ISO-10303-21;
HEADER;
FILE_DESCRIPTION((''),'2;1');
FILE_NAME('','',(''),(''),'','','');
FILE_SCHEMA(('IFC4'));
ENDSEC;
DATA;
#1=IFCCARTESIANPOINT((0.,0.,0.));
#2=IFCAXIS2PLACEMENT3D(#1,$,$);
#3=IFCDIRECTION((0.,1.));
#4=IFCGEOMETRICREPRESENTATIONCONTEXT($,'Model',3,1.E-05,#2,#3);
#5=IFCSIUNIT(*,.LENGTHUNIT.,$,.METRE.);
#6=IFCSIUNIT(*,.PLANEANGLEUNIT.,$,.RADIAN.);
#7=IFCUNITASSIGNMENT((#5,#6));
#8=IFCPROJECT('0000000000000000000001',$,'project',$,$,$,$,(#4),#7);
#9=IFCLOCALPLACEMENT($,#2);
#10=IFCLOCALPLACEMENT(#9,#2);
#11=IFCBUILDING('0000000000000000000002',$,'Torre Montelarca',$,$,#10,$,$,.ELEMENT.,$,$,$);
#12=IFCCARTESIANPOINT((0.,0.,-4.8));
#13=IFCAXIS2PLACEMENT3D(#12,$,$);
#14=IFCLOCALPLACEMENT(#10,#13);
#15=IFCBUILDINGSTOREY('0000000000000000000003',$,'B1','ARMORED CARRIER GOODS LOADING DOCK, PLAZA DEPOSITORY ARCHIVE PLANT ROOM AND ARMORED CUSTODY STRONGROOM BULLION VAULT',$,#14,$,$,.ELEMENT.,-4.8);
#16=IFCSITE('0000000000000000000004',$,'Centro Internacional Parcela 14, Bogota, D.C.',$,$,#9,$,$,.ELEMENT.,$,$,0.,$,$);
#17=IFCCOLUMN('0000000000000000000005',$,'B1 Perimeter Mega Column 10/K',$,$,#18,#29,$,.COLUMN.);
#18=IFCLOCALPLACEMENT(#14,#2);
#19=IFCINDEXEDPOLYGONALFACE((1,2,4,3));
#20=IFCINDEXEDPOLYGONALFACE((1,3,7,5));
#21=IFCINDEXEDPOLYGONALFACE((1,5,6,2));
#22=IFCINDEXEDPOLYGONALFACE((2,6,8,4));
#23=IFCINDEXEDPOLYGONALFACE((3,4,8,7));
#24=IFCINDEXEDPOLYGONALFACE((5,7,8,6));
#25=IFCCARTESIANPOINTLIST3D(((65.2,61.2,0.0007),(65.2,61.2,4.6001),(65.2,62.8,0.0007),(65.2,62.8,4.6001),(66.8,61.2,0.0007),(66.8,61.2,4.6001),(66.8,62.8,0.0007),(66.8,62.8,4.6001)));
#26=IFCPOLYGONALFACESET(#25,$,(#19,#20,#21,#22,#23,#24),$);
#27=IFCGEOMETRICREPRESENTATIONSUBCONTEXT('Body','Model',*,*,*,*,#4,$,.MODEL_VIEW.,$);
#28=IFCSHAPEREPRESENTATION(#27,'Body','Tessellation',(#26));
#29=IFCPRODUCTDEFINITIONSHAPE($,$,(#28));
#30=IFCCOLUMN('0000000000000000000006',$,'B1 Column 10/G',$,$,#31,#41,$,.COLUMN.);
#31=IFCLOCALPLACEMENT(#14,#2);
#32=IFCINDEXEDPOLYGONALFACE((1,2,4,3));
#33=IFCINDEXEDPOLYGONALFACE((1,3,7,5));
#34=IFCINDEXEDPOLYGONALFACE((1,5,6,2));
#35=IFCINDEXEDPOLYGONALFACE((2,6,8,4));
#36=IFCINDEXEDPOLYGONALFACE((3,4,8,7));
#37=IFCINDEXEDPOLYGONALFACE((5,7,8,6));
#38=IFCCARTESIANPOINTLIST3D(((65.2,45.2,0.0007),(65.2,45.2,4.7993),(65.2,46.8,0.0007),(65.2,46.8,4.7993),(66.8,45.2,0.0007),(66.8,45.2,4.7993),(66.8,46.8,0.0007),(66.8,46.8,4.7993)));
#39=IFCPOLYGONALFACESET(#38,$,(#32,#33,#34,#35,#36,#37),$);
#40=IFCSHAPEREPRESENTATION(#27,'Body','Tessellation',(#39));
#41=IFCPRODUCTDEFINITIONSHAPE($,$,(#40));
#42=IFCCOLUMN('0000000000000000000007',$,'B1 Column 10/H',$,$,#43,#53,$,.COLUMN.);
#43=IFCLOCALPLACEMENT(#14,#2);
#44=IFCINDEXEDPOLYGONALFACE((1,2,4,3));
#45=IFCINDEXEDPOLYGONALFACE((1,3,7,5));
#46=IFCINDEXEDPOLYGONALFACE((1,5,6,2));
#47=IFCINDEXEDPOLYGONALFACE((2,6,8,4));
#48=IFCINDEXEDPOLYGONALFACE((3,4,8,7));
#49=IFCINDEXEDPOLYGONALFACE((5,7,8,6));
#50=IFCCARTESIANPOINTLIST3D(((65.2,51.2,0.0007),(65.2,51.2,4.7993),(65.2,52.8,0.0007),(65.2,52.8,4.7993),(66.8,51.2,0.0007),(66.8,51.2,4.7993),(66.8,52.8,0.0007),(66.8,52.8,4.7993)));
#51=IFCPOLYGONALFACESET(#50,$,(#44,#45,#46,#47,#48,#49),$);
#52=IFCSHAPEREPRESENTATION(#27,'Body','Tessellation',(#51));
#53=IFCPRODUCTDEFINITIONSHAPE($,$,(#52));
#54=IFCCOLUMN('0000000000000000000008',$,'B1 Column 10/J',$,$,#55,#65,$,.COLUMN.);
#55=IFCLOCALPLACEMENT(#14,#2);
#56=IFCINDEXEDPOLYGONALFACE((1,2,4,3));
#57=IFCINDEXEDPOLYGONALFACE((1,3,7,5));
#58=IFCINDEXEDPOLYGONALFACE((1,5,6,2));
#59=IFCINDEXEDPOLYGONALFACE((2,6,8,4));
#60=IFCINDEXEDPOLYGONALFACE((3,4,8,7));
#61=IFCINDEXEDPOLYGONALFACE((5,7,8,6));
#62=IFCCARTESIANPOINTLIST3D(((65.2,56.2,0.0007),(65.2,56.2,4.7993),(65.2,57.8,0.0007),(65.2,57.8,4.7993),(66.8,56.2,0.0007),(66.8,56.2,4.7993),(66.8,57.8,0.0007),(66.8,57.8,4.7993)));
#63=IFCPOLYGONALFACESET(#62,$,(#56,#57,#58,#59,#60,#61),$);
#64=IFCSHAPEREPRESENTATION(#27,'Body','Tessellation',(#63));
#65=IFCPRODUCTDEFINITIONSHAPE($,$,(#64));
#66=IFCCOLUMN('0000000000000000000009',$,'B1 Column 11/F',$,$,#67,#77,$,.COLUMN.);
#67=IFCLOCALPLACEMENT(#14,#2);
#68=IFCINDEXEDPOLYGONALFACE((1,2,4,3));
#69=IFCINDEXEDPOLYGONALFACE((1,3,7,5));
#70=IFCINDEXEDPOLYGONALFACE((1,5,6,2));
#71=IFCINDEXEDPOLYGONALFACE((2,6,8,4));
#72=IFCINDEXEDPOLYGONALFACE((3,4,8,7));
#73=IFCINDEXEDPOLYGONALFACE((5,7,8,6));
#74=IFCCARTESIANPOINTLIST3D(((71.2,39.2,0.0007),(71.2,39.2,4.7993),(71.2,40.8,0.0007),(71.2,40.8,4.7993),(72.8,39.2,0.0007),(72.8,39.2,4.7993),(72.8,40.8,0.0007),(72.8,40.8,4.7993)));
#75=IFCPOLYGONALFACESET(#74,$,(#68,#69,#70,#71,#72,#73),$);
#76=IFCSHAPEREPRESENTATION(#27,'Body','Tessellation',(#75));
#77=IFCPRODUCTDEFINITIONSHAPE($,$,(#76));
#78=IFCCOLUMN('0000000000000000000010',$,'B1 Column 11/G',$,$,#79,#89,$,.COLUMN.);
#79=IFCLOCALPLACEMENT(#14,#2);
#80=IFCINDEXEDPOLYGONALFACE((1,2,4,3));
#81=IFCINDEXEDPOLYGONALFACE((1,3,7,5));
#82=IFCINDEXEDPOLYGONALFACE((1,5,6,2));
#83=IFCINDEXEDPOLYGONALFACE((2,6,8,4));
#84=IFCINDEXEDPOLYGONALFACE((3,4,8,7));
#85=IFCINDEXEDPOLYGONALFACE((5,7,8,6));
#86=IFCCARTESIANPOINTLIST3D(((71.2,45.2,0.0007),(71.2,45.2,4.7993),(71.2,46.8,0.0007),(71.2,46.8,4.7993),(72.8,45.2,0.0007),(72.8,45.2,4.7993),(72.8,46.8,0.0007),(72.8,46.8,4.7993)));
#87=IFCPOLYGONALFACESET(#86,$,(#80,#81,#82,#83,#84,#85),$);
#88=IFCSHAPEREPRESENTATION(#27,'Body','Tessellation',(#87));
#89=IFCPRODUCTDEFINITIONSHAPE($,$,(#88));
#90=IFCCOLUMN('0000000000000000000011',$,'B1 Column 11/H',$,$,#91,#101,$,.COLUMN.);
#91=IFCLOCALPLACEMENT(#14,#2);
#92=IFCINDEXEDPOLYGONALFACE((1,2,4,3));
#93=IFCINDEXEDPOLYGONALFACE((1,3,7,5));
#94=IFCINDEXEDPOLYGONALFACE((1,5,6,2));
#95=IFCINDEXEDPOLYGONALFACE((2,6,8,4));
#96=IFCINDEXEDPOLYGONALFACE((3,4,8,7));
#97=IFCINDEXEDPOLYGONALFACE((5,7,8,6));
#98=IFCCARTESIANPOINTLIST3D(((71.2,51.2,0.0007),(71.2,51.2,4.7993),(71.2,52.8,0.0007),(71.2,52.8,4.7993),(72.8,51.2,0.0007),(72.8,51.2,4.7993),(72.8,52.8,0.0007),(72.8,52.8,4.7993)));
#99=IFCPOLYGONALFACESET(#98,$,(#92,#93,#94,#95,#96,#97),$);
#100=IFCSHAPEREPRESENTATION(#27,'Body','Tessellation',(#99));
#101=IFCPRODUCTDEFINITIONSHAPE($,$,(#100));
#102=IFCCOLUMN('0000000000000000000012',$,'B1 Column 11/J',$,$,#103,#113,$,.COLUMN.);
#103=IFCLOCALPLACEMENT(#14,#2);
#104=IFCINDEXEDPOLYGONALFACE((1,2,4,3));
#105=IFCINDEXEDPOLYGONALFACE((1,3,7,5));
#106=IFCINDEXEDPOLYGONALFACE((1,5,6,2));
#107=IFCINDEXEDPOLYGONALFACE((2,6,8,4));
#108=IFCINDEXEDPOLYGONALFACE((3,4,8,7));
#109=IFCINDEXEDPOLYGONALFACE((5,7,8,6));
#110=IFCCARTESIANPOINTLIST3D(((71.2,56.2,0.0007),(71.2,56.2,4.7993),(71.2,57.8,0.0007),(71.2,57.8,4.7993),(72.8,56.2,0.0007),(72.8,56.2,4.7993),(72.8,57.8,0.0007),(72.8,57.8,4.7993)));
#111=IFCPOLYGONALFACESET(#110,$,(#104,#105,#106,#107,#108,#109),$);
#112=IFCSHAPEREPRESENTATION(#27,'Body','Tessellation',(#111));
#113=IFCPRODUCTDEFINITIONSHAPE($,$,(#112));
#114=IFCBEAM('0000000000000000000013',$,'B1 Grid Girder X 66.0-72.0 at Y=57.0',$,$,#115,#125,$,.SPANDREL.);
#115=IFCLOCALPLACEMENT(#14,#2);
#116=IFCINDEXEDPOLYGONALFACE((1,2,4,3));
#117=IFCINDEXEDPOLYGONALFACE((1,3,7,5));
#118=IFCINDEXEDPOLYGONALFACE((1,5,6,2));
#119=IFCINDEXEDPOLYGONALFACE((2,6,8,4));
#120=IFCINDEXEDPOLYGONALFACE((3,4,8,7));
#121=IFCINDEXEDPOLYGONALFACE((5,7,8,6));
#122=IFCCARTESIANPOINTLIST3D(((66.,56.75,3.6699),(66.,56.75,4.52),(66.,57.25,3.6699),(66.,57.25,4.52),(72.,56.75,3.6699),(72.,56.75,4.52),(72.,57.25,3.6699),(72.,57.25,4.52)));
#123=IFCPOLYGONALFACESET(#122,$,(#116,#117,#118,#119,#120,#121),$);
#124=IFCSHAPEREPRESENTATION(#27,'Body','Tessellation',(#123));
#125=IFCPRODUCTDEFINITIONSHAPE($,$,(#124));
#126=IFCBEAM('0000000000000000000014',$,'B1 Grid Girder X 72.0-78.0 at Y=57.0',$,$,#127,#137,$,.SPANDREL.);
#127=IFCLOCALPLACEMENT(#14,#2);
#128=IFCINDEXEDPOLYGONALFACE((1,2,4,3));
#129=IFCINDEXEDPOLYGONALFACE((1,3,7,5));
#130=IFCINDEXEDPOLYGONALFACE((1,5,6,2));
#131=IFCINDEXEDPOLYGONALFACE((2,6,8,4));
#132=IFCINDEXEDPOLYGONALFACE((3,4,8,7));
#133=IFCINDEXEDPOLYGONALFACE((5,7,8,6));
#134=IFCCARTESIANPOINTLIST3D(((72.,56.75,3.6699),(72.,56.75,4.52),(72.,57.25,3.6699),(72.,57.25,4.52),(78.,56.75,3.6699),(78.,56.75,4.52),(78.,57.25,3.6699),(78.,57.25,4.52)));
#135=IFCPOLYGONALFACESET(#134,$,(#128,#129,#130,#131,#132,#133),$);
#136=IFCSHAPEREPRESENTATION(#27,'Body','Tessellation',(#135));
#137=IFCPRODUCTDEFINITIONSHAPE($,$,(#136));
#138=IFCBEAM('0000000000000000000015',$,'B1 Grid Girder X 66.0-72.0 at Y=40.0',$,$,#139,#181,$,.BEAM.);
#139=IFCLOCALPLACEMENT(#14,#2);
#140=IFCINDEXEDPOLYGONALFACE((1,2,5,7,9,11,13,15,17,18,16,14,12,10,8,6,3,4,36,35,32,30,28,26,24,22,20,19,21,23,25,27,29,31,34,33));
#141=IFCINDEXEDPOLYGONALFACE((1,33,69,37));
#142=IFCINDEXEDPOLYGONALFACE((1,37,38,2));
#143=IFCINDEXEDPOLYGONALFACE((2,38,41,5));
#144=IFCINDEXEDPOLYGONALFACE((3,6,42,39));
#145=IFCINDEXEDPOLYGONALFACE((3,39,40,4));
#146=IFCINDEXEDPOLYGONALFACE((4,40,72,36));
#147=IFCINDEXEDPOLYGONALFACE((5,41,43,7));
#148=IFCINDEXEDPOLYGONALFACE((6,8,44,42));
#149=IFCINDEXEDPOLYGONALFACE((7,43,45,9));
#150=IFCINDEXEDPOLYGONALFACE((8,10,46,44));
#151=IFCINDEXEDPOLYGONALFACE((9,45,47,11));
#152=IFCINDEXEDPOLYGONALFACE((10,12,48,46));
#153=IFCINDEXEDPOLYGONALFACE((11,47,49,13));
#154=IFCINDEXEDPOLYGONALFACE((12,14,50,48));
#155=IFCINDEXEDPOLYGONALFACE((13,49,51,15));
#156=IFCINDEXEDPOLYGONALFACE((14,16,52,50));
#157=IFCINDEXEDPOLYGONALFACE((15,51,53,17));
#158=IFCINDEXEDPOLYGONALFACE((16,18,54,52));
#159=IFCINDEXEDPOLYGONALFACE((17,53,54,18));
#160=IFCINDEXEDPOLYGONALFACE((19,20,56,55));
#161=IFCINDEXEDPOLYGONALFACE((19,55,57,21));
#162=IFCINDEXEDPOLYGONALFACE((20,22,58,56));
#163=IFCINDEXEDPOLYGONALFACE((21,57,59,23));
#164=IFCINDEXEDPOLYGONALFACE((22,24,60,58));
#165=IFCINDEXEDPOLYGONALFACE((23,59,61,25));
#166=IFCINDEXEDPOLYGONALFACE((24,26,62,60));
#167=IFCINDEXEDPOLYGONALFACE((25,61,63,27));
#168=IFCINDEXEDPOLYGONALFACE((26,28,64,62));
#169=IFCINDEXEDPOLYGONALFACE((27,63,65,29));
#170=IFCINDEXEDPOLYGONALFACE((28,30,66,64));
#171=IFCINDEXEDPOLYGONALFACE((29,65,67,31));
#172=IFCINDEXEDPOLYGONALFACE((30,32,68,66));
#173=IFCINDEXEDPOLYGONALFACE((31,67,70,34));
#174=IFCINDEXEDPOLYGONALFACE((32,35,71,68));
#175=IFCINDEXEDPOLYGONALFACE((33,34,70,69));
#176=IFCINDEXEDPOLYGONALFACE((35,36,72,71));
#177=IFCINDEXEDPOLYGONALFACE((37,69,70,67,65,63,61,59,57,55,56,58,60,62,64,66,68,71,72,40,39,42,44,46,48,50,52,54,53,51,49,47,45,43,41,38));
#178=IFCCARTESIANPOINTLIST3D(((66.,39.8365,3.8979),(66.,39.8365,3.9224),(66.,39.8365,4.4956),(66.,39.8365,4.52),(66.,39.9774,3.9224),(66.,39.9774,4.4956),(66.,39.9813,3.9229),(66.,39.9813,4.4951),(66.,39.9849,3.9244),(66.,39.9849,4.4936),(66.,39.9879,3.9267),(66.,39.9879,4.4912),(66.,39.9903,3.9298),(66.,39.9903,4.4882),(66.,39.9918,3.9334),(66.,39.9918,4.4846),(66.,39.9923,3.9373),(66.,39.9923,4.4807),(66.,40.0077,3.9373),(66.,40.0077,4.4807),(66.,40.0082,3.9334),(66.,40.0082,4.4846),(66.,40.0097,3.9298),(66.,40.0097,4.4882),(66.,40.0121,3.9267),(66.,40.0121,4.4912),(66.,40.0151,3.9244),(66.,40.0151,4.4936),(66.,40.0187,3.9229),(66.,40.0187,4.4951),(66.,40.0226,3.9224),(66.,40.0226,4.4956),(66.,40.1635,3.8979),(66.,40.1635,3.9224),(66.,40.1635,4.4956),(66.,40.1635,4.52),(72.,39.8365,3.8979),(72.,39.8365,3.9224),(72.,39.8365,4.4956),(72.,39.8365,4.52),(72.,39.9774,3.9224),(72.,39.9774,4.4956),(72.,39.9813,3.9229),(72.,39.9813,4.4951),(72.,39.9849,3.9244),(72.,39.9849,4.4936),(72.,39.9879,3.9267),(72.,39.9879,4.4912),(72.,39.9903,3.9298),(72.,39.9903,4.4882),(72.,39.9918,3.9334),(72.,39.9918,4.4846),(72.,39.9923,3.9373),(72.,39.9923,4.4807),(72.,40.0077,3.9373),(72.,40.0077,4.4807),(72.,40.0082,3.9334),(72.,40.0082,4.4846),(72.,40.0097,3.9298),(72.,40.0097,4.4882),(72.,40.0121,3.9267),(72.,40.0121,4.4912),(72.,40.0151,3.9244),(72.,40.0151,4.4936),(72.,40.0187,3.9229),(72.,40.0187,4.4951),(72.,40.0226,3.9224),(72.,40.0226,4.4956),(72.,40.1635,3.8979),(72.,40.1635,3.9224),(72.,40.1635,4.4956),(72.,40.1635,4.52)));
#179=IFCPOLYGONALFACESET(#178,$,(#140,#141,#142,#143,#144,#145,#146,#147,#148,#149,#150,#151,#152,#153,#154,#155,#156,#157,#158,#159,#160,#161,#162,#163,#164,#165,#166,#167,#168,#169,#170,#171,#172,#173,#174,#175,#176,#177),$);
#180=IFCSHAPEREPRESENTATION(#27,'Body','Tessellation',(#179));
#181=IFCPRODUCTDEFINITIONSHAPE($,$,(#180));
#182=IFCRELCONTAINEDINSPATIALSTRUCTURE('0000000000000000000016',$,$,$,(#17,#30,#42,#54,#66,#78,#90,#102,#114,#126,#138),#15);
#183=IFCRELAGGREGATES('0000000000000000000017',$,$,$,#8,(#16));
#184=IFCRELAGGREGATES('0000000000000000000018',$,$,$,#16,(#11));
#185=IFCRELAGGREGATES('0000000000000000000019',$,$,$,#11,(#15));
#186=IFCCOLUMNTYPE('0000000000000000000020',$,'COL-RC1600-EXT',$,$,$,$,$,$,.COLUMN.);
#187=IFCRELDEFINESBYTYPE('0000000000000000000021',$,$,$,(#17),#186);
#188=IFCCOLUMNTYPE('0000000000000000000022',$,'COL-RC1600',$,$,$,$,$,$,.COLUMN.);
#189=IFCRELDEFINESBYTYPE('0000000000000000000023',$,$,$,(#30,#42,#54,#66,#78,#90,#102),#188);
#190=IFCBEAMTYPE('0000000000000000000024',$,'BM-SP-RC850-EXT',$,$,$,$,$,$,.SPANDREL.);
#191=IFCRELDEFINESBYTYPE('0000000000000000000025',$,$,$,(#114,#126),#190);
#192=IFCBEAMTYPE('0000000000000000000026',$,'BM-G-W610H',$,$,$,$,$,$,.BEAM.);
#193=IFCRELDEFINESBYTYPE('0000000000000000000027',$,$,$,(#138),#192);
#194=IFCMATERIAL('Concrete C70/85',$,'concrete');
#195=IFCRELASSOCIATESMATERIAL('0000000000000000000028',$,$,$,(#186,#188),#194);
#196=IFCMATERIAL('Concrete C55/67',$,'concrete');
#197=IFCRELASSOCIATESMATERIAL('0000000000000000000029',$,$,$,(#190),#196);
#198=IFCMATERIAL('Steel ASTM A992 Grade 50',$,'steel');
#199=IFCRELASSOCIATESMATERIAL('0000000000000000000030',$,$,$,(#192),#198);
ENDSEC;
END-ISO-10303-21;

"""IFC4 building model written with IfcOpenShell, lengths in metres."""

from ifc_helpers import new_model, si_unit, direction, frame, origin, origin_2d, place, context, subcontext, project, spatial, rectangle, i_section, extrude, source, transform, mapped, material, material_profile, profile_set, type_object, element, save


model = new_model("IFC4")

# Units and contexts
model_context = context("Model", 3, precision=1e-05, world=origin(), true_north=direction((0.0, 1.0)))
body_context = subcontext(model_context, "Body", "Model", "MODEL_VIEW")
ifc_project = project(units=[si_unit("LENGTHUNIT", "METRE"), si_unit("PLANEANGLEUNIT", "RADIAN")], contexts=[model_context])

# Site, building, storey
site_placement = place(None, origin())
site = spatial("IfcSite", under=ifc_project, at=site_placement, Name="Centro Internacional Parcela 14, Bogota, D.C.", CompositionType="ELEMENT", RefElevation=0.0)
building_placement = place(site_placement, origin())
building = spatial("IfcBuilding", under=site, at=building_placement, Name="Torre Montelarca", CompositionType="ELEMENT")
storey_placement = place(building_placement, frame((0.0, 0.0, -4.8)))
storey = spatial("IfcBuildingStorey", under=building, at=storey_placement, Name="B1", Description="ARMORED CARRIER GOODS LOADING DOCK, PLAZA DEPOSITORY ARCHIVE PLANT ROOM AND ARMORED CUSTODY STRONGROOM BULLION VAULT", CompositionType="ELEMENT", Elevation=-4.8)

# Columns
ifc_material_1 = material(Name="Concrete C70/85", Category="concrete")
ifc_material_profile_1 = material_profile(ifc_material_1, rectangle(XDim=1.6001, YDim=1.6001, at=origin_2d()), Name="RC1600X1600", Category="concrete")
ifc_profile_set_1 = profile_set([ifc_material_profile_1], Name="Concrete C70/85")
column_type_1 = type_object("IfcColumnType", Name="COL-RC1600-EXT", PredefinedType="COLUMN", material=ifc_profile_set_1)
shared_shape_1 = source(origin(), body_context, "Body", "SweptSolid", [
    extrude(rectangle(XDim=1.6001, YDim=1.6001, at=origin_2d()), origin(), (0.0, 0.0, 1.0), 4.5994),
])
column_placement = place(storey_placement, frame((66.0, 62.0, 0.0007), z_axis=(0.0, 0.0, 1.0), x_axis=(1.0, 0.0, 0.0)))
element("IfcColumn", 1, at=column_placement, inside=storey, type_object=column_type_1, Name="B1 Perimeter Mega Column 10/K", PredefinedType="COLUMN", context=body_context, shape_type="MappedRepresentation", body=[
    mapped(shared_shape_1, transform((0.0, 0.0, 0.0), scale=1.0)),
])
ifc_material_profile_2 = material_profile(ifc_material_1, rectangle(XDim=1.6001, YDim=1.6001, at=origin_2d()), Name="RC1600X1600", Category="concrete")
ifc_profile_set_2 = profile_set([ifc_material_profile_2], Name="Concrete C70/85")
column_type_2 = type_object("IfcColumnType", Name="COL-RC1600", PredefinedType="COLUMN", material=ifc_profile_set_2)
shared_shape_2 = source(origin(), body_context, "Body", "SweptSolid", [
    extrude(rectangle(XDim=1.6001, YDim=1.6001, at=origin_2d()), origin(), (0.0, 0.0, 1.0), 4.7986),
])
for number, where, z_axis, x_axis, name in (
    (2, (66.0, 46.0, 0.0007), (0.0, 0.0, 1.0), (1.0, 0.0, 0.0), "B1 Column 10/G"),
    (3, (66.0, 52.0, 0.0007), (0.0, 0.0, 1.0), (1.0, 0.0, 0.0), "B1 Column 10/H"),
    (4, (66.0, 57.0, 0.0007), (0.0, 0.0, 1.0), (1.0, 0.0, 0.0), "B1 Column 10/J"),
    (5, (72.0, 40.0, 0.0007), (0.0, 0.0, 1.0), (1.0, 0.0, 0.0), "B1 Column 11/F"),
    (6, (72.0, 46.0, 0.0007), (0.0, 0.0, 1.0), (1.0, 0.0, 0.0), "B1 Column 11/G"),
    (7, (72.0, 52.0, 0.0007), (0.0, 0.0, 1.0), (1.0, 0.0, 0.0), "B1 Column 11/H"),
    (8, (72.0, 57.0, 0.0007), (0.0, 0.0, 1.0), (1.0, 0.0, 0.0), "B1 Column 11/J"),
):
    element("IfcColumn", number, at=place(storey_placement, frame(where, z_axis=z_axis, x_axis=x_axis)), inside=storey, type_object=column_type_2, Name=name, PredefinedType="COLUMN", context=body_context, shape_type="MappedRepresentation", body=[
        mapped(shared_shape_2, transform((0.0, 0.0, 0.0), scale=1.0)),
    ])

# Beams
ifc_material_2 = material(Name="Concrete C55/67", Category="concrete")
ifc_material_profile_3 = material_profile(ifc_material_2, rectangle(XDim=0.5, YDim=0.8501, at=origin_2d()), Name="RCB500X850", Category="concrete")
ifc_profile_set_3 = profile_set([ifc_material_profile_3], Name="Concrete C55/67")
beam_type_1 = type_object("IfcBeamType", Name="BM-SP-RC850-EXT", PredefinedType="SPANDREL", material=ifc_profile_set_3)
shared_shape_3 = source(origin(), body_context, "Body", "SweptSolid", [
    extrude(rectangle(XDim=0.5, YDim=0.8501, at=origin_2d()), origin(), (0.0, 0.0, 1.0), 6.0),
])
for number, where, z_axis, x_axis, name in (
    (9, (66.0, 57.0, 4.095), (1.0, 0.0, 0.0), (0.0, 1.0, 0.0), "B1 Grid Girder X 66.0-72.0 at Y=57.0"),
    (10, (72.0, 57.0, 4.095), (1.0, 0.0, 0.0), (0.0, 1.0, 0.0), "B1 Grid Girder X 72.0-78.0 at Y=57.0"),
):
    element("IfcBeam", number, at=place(storey_placement, frame(where, z_axis=z_axis, x_axis=x_axis)), inside=storey, type_object=beam_type_1, Name=name, PredefinedType="SPANDREL", context=body_context, shape_type="MappedRepresentation", body=[
        mapped(shared_shape_3, transform((0.0, 0.0, 0.0), scale=1.0)),
    ])
ifc_material_3 = material(Name="Steel ASTM A992 Grade 50", Category="steel")
ifc_material_profile_4 = material_profile(ifc_material_3, i_section(OverallWidth=0.3269, OverallDepth=0.6221, WebThickness=0.0154, FlangeThickness=0.0244, FilletRadius=0.0149, at=origin_2d()), Name="W610X195", Category="steel")
ifc_profile_set_4 = profile_set([ifc_material_profile_4], Name="Steel ASTM A992 Grade 50")
beam_type_2 = type_object("IfcBeamType", Name="BM-G-W610H", PredefinedType="BEAM", material=ifc_profile_set_4)
shared_shape_4 = source(origin(), body_context, "Body", "SweptSolid", [
    extrude(i_section(OverallWidth=0.3269, OverallDepth=0.6221, WebThickness=0.0154, FlangeThickness=0.0244, FilletRadius=0.0149, at=origin_2d()), origin(), (0.0, 0.0, 1.0), 6.0),
])
for number, where, z_axis, x_axis, name in (
    (11, (66.0, 40.0, 4.209), (1.0, 0.0, 0.0), (0.0, 1.0, 0.0), "B1 Grid Girder X 66.0-72.0 at Y=40.0"),
):
    element("IfcBeam", number, at=place(storey_placement, frame(where, z_axis=z_axis, x_axis=x_axis)), inside=storey, type_object=beam_type_2, Name=name, PredefinedType="BEAM", context=body_context, shape_type="MappedRepresentation", body=[
        mapped(shared_shape_4, transform((0.0, 0.0, 0.0), scale=1.0)),
    ])

save(model, "model.ifc")
